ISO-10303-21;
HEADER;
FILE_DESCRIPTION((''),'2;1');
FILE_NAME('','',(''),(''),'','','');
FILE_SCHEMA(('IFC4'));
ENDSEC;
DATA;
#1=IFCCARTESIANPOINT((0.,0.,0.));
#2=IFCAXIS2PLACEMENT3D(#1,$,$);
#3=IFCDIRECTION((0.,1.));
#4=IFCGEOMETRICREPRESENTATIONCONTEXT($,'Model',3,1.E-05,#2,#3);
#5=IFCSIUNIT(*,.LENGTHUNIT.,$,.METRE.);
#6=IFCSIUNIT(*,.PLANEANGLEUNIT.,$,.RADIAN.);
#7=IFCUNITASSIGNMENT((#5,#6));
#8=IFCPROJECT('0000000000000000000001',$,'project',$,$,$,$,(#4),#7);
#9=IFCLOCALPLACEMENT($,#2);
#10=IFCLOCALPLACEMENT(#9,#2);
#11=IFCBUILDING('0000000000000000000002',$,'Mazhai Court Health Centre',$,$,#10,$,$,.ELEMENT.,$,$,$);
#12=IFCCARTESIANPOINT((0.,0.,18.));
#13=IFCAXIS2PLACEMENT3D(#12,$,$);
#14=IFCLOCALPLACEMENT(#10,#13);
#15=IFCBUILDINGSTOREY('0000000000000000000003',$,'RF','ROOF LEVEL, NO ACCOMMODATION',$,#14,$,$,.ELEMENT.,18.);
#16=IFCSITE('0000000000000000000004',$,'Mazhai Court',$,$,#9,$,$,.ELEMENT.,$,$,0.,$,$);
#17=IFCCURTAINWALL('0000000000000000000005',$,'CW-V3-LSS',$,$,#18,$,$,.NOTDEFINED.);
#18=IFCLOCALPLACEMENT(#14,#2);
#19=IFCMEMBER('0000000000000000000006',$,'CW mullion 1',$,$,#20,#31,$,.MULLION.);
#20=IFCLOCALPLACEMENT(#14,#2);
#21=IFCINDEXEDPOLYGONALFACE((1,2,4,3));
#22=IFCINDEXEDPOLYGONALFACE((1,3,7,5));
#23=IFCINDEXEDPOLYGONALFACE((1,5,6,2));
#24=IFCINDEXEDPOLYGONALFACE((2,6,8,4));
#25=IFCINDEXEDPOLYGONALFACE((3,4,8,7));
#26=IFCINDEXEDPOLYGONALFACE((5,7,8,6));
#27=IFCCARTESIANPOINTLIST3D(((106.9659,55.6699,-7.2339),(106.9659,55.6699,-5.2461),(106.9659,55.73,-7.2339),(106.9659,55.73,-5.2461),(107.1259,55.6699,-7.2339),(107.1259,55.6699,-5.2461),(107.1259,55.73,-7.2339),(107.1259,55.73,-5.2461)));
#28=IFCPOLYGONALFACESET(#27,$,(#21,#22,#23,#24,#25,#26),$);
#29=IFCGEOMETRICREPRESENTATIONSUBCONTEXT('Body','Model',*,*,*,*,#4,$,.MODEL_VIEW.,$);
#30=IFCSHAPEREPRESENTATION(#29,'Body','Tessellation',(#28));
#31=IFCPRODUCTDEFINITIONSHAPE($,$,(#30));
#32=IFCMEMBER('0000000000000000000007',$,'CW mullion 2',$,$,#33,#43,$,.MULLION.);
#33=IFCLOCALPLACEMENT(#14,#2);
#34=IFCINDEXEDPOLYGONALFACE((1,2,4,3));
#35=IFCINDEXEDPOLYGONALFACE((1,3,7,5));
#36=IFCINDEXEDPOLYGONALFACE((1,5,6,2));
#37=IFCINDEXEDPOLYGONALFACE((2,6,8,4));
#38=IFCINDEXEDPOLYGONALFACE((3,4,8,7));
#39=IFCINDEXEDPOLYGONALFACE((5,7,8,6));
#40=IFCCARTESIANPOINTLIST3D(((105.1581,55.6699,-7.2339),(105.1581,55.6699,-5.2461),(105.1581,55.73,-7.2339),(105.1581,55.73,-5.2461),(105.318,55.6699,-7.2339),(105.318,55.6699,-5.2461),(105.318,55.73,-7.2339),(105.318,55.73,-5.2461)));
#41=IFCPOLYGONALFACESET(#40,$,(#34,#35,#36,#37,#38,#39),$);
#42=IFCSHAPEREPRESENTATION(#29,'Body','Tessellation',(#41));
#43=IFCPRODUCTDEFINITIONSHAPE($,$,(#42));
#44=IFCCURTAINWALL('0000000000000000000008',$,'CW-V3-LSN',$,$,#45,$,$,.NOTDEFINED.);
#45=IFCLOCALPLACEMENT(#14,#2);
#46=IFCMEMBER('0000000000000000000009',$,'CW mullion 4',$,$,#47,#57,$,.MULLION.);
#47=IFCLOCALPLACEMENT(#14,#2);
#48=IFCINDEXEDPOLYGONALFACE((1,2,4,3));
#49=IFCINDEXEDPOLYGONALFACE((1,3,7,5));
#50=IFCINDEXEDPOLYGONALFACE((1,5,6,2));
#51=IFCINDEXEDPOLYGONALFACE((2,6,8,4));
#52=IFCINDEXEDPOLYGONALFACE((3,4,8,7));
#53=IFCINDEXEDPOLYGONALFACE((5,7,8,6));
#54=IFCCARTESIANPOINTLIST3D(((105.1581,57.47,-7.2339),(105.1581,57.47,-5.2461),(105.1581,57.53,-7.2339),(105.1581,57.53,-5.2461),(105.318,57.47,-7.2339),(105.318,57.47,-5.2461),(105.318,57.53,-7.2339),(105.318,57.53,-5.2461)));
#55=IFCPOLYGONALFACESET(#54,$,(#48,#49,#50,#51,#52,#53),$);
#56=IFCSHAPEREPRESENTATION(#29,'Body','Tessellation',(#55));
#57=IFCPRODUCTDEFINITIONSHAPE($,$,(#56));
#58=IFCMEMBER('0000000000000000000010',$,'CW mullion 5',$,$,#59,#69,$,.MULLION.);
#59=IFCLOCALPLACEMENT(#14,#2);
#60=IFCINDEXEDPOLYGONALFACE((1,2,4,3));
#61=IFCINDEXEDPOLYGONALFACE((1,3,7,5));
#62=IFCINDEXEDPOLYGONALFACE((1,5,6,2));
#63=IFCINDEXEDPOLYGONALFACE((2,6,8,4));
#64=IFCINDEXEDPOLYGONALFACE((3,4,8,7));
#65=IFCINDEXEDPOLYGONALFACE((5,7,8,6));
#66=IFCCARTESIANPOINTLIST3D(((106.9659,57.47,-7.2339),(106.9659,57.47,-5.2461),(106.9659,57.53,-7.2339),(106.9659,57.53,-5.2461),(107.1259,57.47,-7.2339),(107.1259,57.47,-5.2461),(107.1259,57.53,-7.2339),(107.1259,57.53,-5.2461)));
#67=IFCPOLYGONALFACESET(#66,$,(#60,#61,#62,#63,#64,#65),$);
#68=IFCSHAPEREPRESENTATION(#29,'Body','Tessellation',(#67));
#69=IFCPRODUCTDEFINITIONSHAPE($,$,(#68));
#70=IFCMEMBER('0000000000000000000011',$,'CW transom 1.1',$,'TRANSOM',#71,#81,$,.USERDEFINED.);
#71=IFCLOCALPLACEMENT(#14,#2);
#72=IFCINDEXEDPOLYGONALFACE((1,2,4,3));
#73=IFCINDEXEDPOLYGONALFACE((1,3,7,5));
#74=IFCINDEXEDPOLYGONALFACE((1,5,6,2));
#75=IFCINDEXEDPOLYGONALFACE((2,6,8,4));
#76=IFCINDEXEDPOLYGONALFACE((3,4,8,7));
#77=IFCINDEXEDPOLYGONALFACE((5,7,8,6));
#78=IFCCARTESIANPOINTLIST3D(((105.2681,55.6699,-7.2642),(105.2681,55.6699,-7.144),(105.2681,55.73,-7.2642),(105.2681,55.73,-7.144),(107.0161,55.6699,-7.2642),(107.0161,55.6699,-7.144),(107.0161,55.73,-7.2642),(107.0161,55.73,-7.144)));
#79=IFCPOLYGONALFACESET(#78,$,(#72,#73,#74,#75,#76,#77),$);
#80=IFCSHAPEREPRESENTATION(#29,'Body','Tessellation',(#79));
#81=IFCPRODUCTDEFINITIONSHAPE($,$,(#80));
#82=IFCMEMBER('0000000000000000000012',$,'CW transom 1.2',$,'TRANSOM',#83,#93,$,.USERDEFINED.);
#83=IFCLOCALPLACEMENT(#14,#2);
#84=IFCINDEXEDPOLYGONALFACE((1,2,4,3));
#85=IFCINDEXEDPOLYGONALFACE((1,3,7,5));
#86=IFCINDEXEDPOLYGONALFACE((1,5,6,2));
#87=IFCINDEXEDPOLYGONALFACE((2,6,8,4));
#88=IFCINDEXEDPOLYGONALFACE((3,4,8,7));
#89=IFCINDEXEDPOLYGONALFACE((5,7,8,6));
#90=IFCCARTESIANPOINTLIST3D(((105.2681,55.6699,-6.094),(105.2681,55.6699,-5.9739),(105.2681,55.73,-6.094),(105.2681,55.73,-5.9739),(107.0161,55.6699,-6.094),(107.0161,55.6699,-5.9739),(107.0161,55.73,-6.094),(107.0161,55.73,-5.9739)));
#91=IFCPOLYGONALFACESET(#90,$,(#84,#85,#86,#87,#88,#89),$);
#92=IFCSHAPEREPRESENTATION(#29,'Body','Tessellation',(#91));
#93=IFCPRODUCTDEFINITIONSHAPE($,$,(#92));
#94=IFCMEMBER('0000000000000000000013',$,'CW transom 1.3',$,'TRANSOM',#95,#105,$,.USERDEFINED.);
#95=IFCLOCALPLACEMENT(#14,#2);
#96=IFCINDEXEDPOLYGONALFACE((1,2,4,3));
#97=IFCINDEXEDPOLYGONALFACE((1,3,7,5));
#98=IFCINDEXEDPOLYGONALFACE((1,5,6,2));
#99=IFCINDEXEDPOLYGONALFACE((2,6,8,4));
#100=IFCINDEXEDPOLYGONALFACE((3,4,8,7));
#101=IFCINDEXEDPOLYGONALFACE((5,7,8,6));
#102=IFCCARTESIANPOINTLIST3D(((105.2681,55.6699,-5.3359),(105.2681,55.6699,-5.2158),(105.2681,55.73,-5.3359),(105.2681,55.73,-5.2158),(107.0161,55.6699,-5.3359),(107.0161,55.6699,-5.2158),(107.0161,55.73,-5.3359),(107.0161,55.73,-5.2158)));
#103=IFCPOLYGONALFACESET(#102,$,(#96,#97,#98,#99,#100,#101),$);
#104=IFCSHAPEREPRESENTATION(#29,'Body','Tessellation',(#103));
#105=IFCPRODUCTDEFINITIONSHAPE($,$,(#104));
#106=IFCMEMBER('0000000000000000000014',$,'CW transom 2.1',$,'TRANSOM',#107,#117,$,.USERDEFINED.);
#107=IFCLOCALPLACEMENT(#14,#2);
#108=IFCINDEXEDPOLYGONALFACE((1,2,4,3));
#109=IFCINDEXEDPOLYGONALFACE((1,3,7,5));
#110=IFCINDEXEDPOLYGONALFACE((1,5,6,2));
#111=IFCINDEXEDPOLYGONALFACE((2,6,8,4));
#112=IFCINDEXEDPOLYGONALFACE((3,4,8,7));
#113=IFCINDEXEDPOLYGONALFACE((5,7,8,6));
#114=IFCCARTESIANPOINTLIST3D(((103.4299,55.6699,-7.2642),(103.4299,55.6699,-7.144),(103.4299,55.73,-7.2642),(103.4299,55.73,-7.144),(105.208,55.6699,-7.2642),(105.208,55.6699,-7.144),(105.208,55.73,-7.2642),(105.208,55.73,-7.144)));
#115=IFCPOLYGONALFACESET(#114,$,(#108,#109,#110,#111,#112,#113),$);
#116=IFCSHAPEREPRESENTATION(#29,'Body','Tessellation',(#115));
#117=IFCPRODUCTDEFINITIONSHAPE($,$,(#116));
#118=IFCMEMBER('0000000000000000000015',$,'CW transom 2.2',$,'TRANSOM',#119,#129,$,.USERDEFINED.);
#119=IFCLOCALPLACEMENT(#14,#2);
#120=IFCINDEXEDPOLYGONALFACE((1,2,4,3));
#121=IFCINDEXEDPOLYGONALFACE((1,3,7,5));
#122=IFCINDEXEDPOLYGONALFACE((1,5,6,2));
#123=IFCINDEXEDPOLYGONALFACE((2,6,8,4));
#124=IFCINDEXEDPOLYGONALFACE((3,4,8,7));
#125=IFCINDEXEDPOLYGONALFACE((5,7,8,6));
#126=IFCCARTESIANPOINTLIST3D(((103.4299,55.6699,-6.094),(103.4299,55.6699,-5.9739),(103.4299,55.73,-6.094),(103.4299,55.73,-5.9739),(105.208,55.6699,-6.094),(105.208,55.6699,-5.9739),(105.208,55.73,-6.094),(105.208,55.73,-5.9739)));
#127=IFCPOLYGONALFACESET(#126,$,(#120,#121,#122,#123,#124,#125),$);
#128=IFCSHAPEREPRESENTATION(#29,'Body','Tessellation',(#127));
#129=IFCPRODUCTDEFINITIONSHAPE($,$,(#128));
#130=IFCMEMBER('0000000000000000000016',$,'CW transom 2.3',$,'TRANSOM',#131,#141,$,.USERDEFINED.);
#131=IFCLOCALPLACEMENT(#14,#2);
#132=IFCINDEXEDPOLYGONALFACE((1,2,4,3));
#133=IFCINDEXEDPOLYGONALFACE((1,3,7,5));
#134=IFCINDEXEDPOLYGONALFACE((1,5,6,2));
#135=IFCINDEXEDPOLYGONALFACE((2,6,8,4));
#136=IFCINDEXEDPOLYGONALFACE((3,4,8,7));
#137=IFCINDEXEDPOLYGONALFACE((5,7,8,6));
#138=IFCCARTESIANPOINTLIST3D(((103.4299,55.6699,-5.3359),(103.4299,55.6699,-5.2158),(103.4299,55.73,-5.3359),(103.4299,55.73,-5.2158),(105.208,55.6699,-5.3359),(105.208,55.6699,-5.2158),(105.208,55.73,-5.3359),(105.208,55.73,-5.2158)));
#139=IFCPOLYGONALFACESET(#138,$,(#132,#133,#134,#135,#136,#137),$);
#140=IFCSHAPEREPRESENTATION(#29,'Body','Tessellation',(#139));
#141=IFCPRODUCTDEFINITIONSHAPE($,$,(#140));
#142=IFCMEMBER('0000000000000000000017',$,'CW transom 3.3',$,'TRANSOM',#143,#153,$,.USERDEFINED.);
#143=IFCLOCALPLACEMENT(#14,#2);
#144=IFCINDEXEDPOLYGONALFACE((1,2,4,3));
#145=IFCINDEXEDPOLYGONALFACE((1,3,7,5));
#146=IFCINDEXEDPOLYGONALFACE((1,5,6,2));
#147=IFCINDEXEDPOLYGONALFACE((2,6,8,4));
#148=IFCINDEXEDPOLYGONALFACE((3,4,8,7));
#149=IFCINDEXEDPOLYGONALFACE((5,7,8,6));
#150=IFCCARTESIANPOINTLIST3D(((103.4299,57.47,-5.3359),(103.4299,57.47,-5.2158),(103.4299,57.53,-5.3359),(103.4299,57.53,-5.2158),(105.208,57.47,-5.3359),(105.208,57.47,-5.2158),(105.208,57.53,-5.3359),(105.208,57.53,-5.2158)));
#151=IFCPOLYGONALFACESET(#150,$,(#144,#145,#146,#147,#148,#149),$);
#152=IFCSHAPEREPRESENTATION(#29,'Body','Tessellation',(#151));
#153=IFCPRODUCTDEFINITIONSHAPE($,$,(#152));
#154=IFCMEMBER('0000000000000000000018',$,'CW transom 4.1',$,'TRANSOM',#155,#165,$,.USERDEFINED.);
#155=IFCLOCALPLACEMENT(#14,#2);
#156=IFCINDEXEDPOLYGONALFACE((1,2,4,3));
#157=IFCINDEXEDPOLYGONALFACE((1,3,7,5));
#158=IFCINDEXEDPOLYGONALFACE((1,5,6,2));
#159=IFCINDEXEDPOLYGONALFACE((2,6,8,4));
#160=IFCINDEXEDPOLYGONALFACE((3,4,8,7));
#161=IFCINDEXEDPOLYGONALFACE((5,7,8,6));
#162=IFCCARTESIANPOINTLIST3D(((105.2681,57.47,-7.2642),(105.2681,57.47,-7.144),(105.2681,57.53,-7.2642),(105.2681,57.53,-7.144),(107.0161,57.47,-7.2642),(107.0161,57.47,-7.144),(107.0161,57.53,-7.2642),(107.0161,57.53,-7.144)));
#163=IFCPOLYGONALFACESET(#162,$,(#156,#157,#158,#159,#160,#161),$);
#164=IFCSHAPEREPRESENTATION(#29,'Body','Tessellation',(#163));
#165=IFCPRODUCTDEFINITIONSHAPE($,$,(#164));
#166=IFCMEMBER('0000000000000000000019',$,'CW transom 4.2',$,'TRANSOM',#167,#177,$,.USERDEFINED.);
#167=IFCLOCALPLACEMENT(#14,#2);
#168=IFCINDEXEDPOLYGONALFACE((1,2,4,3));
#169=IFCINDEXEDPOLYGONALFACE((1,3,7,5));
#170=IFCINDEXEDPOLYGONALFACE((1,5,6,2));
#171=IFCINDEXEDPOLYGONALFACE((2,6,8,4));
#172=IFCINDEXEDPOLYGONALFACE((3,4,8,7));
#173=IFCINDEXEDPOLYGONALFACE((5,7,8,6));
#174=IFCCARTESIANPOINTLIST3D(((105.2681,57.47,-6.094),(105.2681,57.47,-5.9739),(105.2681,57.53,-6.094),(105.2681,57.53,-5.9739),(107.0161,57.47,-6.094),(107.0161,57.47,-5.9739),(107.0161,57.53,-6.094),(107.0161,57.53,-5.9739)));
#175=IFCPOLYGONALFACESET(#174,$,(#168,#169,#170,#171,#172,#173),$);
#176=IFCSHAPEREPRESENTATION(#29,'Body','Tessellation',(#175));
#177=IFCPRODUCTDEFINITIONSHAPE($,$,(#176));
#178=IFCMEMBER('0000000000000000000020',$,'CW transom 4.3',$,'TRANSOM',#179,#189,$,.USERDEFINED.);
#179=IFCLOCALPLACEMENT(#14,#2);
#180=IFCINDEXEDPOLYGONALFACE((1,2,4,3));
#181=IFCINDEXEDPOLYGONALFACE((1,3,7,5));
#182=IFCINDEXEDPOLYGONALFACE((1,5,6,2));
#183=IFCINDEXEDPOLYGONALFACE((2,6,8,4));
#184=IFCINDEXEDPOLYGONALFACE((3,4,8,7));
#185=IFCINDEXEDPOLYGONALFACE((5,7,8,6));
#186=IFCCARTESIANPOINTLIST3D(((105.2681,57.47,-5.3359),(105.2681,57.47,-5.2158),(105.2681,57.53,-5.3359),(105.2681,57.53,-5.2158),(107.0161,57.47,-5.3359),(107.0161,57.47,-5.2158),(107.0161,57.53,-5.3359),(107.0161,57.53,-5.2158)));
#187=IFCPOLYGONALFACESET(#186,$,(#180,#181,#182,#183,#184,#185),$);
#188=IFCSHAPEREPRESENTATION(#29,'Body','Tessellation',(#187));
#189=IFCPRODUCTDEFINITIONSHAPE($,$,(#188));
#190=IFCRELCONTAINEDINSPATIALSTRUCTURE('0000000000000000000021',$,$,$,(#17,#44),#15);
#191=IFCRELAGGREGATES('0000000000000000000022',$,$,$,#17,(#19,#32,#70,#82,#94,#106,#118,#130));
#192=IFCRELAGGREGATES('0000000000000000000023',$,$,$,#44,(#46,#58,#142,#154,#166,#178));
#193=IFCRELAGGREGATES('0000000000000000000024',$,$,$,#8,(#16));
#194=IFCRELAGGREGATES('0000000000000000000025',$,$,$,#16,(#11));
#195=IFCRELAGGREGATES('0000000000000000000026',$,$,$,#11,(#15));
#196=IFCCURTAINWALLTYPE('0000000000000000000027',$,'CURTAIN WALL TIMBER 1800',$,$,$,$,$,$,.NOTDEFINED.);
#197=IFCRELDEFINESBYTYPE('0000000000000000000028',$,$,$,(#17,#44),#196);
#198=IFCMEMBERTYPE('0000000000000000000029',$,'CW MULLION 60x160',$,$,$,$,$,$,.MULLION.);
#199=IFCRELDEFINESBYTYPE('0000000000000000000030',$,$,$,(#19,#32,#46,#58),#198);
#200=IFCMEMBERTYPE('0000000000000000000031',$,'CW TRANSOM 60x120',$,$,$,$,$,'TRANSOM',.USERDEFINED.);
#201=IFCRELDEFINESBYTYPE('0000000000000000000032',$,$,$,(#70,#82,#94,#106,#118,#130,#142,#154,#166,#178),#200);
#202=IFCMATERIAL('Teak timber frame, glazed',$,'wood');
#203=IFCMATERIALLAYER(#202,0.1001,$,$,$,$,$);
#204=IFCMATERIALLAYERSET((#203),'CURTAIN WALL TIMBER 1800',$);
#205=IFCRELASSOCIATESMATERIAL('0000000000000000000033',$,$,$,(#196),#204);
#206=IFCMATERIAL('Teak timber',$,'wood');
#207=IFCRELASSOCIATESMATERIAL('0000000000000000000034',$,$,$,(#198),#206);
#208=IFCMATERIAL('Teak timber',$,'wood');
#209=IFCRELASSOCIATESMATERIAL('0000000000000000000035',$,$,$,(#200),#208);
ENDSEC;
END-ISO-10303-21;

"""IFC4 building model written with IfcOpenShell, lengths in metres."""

from ifc_helpers import new_model, si_unit, direction, frame, origin, origin_2d, place, context, subcontext, project, spatial, rectangle, extrude, material, layer, layer_set, material_profile, profile_set, type_object, element, aggregate, save


model = new_model("IFC4")

# Units and contexts
model_context = context("Model", 3, precision=1e-05, world=origin(), true_north=direction((0.0, 1.0)))
body_context = subcontext(model_context, "Body", "Model", "MODEL_VIEW")
ifc_project = project(units=[si_unit("LENGTHUNIT", "METRE"), si_unit("PLANEANGLEUNIT", "RADIAN")], contexts=[model_context])

# Site, building, storey
site_placement = place(None, origin())
site = spatial("IfcSite", under=ifc_project, at=site_placement, Name="Mazhai Court", CompositionType="ELEMENT", RefElevation=0.0)
building_placement = place(site_placement, origin())
building = spatial("IfcBuilding", under=site, at=building_placement, Name="Mazhai Court Health Centre", CompositionType="ELEMENT")
storey_placement = place(building_placement, frame((0.0, 0.0, 18.0)))
storey = spatial("IfcBuildingStorey", under=building, at=storey_placement, Name="RF", Description="ROOF LEVEL, NO ACCOMMODATION", CompositionType="ELEMENT", Elevation=18.0)

# Curtain walls, members
ifc_material_1 = material(Name="Teak timber frame, glazed", Category="wood")
ifc_layer_1 = layer(ifc_material_1, 0.1001)
ifc_layer_set_1 = layer_set([ifc_layer_1], Name="CURTAIN WALL TIMBER 1800")
curtain_wall_type = type_object("IfcCurtainWallType", Name="CURTAIN WALL TIMBER 1800", PredefinedType="NOTDEFINED", material=ifc_layer_set_1)
curtain_wall_1_placement = place(storey_placement, origin())
curtain_wall_1 = element("IfcCurtainWall", 1, at=curtain_wall_1_placement, inside=storey, type_object=curtain_wall_type, Name="CW-V3-LSS", PredefinedType="NOTDEFINED")
ifc_material_2 = material(Name="Teak timber", Category="wood")
ifc_material_profile_1 = material_profile(ifc_material_2, rectangle(XDim=0.0601, YDim=0.1599, at=origin_2d()), Name="CW MULLION 60x160")
ifc_profile_set_1 = profile_set([ifc_material_profile_1], Name="Teak timber")
member_type_1 = type_object("IfcMemberType", Name="CW MULLION 60x160", PredefinedType="MULLION", material=ifc_profile_set_1)
member_1_placement = place(storey_placement, frame((107.0459, 55.7, -7.2339), z_axis=(0.0, 0.0, 1.0), x_axis=(0.0, -1.0, 0.0)))
member_1 = element("IfcMember", 2, at=member_1_placement, type_object=member_type_1, Name="CW mullion 1", PredefinedType="MULLION", context=body_context, shape_type="SweptSolid", body=[
    extrude(rectangle(XDim=0.0601, YDim=0.1599, at=origin_2d()), origin(), (0.0, 0.0, 1.0), 1.9878),
])
member_2_placement = place(storey_placement, frame((105.238, 55.7, -7.2339), z_axis=(0.0, 0.0, 1.0), x_axis=(0.0, -1.0, 0.0)))
member_2 = element("IfcMember", 3, at=member_2_placement, type_object=member_type_1, Name="CW mullion 2", PredefinedType="MULLION", context=body_context, shape_type="SweptSolid", body=[
    extrude(rectangle(XDim=0.0601, YDim=0.1599, at=origin_2d()), origin(), (0.0, 0.0, 1.0), 1.9878),
])
curtain_wall_2_placement = place(storey_placement, origin())
curtain_wall_2 = element("IfcCurtainWall", 4, at=curtain_wall_2_placement, inside=storey, type_object=curtain_wall_type, Name="CW-V3-LSN", PredefinedType="NOTDEFINED")
member_3_placement = place(storey_placement, frame((105.238, 57.5, -7.2339), z_axis=(0.0, 0.0, 1.0), x_axis=(0.0, 1.0, 0.0)))
member_3 = element("IfcMember", 5, at=member_3_placement, type_object=member_type_1, Name="CW mullion 4", PredefinedType="MULLION", context=body_context, shape_type="SweptSolid", body=[
    extrude(rectangle(XDim=0.0601, YDim=0.1599, at=origin_2d()), origin(), (0.0, 0.0, 1.0), 1.9878),
])
member_4_placement = place(storey_placement, frame((107.0459, 57.5, -7.2339), z_axis=(0.0, 0.0, 1.0), x_axis=(0.0, 1.0, 0.0)))
member_4 = element("IfcMember", 6, at=member_4_placement, type_object=member_type_1, Name="CW mullion 5", PredefinedType="MULLION", context=body_context, shape_type="SweptSolid", body=[
    extrude(rectangle(XDim=0.0601, YDim=0.1599, at=origin_2d()), origin(), (0.0, 0.0, 1.0), 1.9878),
])

# Members
ifc_material_3 = material(Name="Teak timber", Category="wood")
ifc_material_profile_2 = material_profile(ifc_material_3, rectangle(XDim=0.0601, YDim=0.1201, at=origin_2d()), Name="CW TRANSOM 60x120")
ifc_profile_set_2 = profile_set([ifc_material_profile_2], Name="Teak timber")
member_type_2 = type_object("IfcMemberType", Name="CW TRANSOM 60x120", ElementType="TRANSOM", PredefinedType="USERDEFINED", material=ifc_profile_set_2)
member_5_placement = place(storey_placement, frame((107.0161, 55.7, -7.2041), z_axis=(-1.0, 0.0, 0.0), x_axis=(0.0, -1.0, 0.0)))
member_5 = element("IfcMember", 7, at=member_5_placement, type_object=member_type_2, Name="CW transom 1.1", ObjectType="TRANSOM", PredefinedType="USERDEFINED", context=body_context, shape_type="SweptSolid", body=[
    extrude(rectangle(XDim=0.0601, YDim=0.1201, at=origin_2d()), origin(), (0.0, 0.0, 1.0), 1.748),
])
member_6_placement = place(storey_placement, frame((107.0161, 55.7, -6.0339), z_axis=(-1.0, 0.0, 0.0), x_axis=(0.0, -1.0, 0.0)))
member_6 = element("IfcMember", 8, at=member_6_placement, type_object=member_type_2, Name="CW transom 1.2", ObjectType="TRANSOM", PredefinedType="USERDEFINED", context=body_context, shape_type="SweptSolid", body=[
    extrude(rectangle(XDim=0.0601, YDim=0.1201, at=origin_2d()), origin(), (0.0, 0.0, 1.0), 1.748),
])
member_7_placement = place(storey_placement, frame((107.0161, 55.7, -5.2759), z_axis=(-1.0, 0.0, 0.0), x_axis=(0.0, -1.0, 0.0)))
member_7 = element("IfcMember", 9, at=member_7_placement, type_object=member_type_2, Name="CW transom 1.3", ObjectType="TRANSOM", PredefinedType="USERDEFINED", context=body_context, shape_type="SweptSolid", body=[
    extrude(rectangle(XDim=0.0601, YDim=0.1201, at=origin_2d()), origin(), (0.0, 0.0, 1.0), 1.748),
])
member_8_placement = place(storey_placement, frame((105.208, 55.7, -7.2041), z_axis=(-1.0, 0.0, 0.0), x_axis=(0.0, -1.0, 0.0)))
member_8 = element("IfcMember", 10, at=member_8_placement, type_object=member_type_2, Name="CW transom 2.1", ObjectType="TRANSOM", PredefinedType="USERDEFINED", context=body_context, shape_type="SweptSolid", body=[
    extrude(rectangle(XDim=0.0601, YDim=0.1201, at=origin_2d()), origin(), (0.0, 0.0, 1.0), 1.7781),
])
member_9_placement = place(storey_placement, frame((105.208, 55.7, -6.0339), z_axis=(-1.0, 0.0, 0.0), x_axis=(0.0, -1.0, 0.0)))
member_9 = element("IfcMember", 11, at=member_9_placement, type_object=member_type_2, Name="CW transom 2.2", ObjectType="TRANSOM", PredefinedType="USERDEFINED", context=body_context, shape_type="SweptSolid", body=[
    extrude(rectangle(XDim=0.0601, YDim=0.1201, at=origin_2d()), origin(), (0.0, 0.0, 1.0), 1.7781),
])
member_10_placement = place(storey_placement, frame((105.208, 55.7, -5.2759), z_axis=(-1.0, 0.0, 0.0), x_axis=(0.0, -1.0, 0.0)))
member_10 = element("IfcMember", 12, at=member_10_placement, type_object=member_type_2, Name="CW transom 2.3", ObjectType="TRANSOM", PredefinedType="USERDEFINED", context=body_context, shape_type="SweptSolid", body=[
    extrude(rectangle(XDim=0.0601, YDim=0.1201, at=origin_2d()), origin(), (0.0, 0.0, 1.0), 1.7781),
])
member_11_placement = place(storey_placement, frame((103.4299, 57.5, -5.2759), z_axis=(1.0, 0.0, 0.0), x_axis=(0.0, 1.0, 0.0)))
member_11 = element("IfcMember", 13, at=member_11_placement, type_object=member_type_2, Name="CW transom 3.3", ObjectType="TRANSOM", PredefinedType="USERDEFINED", context=body_context, shape_type="SweptSolid", body=[
    extrude(rectangle(XDim=0.0601, YDim=0.1201, at=origin_2d()), origin(), (0.0, 0.0, 1.0), 1.7781),
])
member_12_placement = place(storey_placement, frame((105.2681, 57.5, -7.2041), z_axis=(1.0, 0.0, 0.0), x_axis=(0.0, 1.0, 0.0)))
member_12 = element("IfcMember", 14, at=member_12_placement, type_object=member_type_2, Name="CW transom 4.1", ObjectType="TRANSOM", PredefinedType="USERDEFINED", context=body_context, shape_type="SweptSolid", body=[
    extrude(rectangle(XDim=0.0601, YDim=0.1201, at=origin_2d()), origin(), (0.0, 0.0, 1.0), 1.748),
])
member_13_placement = place(storey_placement, frame((105.2681, 57.5, -6.0339), z_axis=(1.0, 0.0, 0.0), x_axis=(0.0, 1.0, 0.0)))
member_13 = element("IfcMember", 15, at=member_13_placement, type_object=member_type_2, Name="CW transom 4.2", ObjectType="TRANSOM", PredefinedType="USERDEFINED", context=body_context, shape_type="SweptSolid", body=[
    extrude(rectangle(XDim=0.0601, YDim=0.1201, at=origin_2d()), origin(), (0.0, 0.0, 1.0), 1.748),
])
member_14_placement = place(storey_placement, frame((105.2681, 57.5, -5.2759), z_axis=(1.0, 0.0, 0.0), x_axis=(0.0, 1.0, 0.0)))
member_14 = element("IfcMember", 16, at=member_14_placement, type_object=member_type_2, Name="CW transom 4.3", ObjectType="TRANSOM", PredefinedType="USERDEFINED", context=body_context, shape_type="SweptSolid", body=[
    extrude(rectangle(XDim=0.0601, YDim=0.1201, at=origin_2d()), origin(), (0.0, 0.0, 1.0), 1.748),
])

aggregate(curtain_wall_1, [member_1, member_2, member_5, member_6, member_7, member_8, member_9, member_10])
aggregate(curtain_wall_2, [member_3, member_4, member_11, member_12, member_13, member_14])

save(model, "model.ifc")
